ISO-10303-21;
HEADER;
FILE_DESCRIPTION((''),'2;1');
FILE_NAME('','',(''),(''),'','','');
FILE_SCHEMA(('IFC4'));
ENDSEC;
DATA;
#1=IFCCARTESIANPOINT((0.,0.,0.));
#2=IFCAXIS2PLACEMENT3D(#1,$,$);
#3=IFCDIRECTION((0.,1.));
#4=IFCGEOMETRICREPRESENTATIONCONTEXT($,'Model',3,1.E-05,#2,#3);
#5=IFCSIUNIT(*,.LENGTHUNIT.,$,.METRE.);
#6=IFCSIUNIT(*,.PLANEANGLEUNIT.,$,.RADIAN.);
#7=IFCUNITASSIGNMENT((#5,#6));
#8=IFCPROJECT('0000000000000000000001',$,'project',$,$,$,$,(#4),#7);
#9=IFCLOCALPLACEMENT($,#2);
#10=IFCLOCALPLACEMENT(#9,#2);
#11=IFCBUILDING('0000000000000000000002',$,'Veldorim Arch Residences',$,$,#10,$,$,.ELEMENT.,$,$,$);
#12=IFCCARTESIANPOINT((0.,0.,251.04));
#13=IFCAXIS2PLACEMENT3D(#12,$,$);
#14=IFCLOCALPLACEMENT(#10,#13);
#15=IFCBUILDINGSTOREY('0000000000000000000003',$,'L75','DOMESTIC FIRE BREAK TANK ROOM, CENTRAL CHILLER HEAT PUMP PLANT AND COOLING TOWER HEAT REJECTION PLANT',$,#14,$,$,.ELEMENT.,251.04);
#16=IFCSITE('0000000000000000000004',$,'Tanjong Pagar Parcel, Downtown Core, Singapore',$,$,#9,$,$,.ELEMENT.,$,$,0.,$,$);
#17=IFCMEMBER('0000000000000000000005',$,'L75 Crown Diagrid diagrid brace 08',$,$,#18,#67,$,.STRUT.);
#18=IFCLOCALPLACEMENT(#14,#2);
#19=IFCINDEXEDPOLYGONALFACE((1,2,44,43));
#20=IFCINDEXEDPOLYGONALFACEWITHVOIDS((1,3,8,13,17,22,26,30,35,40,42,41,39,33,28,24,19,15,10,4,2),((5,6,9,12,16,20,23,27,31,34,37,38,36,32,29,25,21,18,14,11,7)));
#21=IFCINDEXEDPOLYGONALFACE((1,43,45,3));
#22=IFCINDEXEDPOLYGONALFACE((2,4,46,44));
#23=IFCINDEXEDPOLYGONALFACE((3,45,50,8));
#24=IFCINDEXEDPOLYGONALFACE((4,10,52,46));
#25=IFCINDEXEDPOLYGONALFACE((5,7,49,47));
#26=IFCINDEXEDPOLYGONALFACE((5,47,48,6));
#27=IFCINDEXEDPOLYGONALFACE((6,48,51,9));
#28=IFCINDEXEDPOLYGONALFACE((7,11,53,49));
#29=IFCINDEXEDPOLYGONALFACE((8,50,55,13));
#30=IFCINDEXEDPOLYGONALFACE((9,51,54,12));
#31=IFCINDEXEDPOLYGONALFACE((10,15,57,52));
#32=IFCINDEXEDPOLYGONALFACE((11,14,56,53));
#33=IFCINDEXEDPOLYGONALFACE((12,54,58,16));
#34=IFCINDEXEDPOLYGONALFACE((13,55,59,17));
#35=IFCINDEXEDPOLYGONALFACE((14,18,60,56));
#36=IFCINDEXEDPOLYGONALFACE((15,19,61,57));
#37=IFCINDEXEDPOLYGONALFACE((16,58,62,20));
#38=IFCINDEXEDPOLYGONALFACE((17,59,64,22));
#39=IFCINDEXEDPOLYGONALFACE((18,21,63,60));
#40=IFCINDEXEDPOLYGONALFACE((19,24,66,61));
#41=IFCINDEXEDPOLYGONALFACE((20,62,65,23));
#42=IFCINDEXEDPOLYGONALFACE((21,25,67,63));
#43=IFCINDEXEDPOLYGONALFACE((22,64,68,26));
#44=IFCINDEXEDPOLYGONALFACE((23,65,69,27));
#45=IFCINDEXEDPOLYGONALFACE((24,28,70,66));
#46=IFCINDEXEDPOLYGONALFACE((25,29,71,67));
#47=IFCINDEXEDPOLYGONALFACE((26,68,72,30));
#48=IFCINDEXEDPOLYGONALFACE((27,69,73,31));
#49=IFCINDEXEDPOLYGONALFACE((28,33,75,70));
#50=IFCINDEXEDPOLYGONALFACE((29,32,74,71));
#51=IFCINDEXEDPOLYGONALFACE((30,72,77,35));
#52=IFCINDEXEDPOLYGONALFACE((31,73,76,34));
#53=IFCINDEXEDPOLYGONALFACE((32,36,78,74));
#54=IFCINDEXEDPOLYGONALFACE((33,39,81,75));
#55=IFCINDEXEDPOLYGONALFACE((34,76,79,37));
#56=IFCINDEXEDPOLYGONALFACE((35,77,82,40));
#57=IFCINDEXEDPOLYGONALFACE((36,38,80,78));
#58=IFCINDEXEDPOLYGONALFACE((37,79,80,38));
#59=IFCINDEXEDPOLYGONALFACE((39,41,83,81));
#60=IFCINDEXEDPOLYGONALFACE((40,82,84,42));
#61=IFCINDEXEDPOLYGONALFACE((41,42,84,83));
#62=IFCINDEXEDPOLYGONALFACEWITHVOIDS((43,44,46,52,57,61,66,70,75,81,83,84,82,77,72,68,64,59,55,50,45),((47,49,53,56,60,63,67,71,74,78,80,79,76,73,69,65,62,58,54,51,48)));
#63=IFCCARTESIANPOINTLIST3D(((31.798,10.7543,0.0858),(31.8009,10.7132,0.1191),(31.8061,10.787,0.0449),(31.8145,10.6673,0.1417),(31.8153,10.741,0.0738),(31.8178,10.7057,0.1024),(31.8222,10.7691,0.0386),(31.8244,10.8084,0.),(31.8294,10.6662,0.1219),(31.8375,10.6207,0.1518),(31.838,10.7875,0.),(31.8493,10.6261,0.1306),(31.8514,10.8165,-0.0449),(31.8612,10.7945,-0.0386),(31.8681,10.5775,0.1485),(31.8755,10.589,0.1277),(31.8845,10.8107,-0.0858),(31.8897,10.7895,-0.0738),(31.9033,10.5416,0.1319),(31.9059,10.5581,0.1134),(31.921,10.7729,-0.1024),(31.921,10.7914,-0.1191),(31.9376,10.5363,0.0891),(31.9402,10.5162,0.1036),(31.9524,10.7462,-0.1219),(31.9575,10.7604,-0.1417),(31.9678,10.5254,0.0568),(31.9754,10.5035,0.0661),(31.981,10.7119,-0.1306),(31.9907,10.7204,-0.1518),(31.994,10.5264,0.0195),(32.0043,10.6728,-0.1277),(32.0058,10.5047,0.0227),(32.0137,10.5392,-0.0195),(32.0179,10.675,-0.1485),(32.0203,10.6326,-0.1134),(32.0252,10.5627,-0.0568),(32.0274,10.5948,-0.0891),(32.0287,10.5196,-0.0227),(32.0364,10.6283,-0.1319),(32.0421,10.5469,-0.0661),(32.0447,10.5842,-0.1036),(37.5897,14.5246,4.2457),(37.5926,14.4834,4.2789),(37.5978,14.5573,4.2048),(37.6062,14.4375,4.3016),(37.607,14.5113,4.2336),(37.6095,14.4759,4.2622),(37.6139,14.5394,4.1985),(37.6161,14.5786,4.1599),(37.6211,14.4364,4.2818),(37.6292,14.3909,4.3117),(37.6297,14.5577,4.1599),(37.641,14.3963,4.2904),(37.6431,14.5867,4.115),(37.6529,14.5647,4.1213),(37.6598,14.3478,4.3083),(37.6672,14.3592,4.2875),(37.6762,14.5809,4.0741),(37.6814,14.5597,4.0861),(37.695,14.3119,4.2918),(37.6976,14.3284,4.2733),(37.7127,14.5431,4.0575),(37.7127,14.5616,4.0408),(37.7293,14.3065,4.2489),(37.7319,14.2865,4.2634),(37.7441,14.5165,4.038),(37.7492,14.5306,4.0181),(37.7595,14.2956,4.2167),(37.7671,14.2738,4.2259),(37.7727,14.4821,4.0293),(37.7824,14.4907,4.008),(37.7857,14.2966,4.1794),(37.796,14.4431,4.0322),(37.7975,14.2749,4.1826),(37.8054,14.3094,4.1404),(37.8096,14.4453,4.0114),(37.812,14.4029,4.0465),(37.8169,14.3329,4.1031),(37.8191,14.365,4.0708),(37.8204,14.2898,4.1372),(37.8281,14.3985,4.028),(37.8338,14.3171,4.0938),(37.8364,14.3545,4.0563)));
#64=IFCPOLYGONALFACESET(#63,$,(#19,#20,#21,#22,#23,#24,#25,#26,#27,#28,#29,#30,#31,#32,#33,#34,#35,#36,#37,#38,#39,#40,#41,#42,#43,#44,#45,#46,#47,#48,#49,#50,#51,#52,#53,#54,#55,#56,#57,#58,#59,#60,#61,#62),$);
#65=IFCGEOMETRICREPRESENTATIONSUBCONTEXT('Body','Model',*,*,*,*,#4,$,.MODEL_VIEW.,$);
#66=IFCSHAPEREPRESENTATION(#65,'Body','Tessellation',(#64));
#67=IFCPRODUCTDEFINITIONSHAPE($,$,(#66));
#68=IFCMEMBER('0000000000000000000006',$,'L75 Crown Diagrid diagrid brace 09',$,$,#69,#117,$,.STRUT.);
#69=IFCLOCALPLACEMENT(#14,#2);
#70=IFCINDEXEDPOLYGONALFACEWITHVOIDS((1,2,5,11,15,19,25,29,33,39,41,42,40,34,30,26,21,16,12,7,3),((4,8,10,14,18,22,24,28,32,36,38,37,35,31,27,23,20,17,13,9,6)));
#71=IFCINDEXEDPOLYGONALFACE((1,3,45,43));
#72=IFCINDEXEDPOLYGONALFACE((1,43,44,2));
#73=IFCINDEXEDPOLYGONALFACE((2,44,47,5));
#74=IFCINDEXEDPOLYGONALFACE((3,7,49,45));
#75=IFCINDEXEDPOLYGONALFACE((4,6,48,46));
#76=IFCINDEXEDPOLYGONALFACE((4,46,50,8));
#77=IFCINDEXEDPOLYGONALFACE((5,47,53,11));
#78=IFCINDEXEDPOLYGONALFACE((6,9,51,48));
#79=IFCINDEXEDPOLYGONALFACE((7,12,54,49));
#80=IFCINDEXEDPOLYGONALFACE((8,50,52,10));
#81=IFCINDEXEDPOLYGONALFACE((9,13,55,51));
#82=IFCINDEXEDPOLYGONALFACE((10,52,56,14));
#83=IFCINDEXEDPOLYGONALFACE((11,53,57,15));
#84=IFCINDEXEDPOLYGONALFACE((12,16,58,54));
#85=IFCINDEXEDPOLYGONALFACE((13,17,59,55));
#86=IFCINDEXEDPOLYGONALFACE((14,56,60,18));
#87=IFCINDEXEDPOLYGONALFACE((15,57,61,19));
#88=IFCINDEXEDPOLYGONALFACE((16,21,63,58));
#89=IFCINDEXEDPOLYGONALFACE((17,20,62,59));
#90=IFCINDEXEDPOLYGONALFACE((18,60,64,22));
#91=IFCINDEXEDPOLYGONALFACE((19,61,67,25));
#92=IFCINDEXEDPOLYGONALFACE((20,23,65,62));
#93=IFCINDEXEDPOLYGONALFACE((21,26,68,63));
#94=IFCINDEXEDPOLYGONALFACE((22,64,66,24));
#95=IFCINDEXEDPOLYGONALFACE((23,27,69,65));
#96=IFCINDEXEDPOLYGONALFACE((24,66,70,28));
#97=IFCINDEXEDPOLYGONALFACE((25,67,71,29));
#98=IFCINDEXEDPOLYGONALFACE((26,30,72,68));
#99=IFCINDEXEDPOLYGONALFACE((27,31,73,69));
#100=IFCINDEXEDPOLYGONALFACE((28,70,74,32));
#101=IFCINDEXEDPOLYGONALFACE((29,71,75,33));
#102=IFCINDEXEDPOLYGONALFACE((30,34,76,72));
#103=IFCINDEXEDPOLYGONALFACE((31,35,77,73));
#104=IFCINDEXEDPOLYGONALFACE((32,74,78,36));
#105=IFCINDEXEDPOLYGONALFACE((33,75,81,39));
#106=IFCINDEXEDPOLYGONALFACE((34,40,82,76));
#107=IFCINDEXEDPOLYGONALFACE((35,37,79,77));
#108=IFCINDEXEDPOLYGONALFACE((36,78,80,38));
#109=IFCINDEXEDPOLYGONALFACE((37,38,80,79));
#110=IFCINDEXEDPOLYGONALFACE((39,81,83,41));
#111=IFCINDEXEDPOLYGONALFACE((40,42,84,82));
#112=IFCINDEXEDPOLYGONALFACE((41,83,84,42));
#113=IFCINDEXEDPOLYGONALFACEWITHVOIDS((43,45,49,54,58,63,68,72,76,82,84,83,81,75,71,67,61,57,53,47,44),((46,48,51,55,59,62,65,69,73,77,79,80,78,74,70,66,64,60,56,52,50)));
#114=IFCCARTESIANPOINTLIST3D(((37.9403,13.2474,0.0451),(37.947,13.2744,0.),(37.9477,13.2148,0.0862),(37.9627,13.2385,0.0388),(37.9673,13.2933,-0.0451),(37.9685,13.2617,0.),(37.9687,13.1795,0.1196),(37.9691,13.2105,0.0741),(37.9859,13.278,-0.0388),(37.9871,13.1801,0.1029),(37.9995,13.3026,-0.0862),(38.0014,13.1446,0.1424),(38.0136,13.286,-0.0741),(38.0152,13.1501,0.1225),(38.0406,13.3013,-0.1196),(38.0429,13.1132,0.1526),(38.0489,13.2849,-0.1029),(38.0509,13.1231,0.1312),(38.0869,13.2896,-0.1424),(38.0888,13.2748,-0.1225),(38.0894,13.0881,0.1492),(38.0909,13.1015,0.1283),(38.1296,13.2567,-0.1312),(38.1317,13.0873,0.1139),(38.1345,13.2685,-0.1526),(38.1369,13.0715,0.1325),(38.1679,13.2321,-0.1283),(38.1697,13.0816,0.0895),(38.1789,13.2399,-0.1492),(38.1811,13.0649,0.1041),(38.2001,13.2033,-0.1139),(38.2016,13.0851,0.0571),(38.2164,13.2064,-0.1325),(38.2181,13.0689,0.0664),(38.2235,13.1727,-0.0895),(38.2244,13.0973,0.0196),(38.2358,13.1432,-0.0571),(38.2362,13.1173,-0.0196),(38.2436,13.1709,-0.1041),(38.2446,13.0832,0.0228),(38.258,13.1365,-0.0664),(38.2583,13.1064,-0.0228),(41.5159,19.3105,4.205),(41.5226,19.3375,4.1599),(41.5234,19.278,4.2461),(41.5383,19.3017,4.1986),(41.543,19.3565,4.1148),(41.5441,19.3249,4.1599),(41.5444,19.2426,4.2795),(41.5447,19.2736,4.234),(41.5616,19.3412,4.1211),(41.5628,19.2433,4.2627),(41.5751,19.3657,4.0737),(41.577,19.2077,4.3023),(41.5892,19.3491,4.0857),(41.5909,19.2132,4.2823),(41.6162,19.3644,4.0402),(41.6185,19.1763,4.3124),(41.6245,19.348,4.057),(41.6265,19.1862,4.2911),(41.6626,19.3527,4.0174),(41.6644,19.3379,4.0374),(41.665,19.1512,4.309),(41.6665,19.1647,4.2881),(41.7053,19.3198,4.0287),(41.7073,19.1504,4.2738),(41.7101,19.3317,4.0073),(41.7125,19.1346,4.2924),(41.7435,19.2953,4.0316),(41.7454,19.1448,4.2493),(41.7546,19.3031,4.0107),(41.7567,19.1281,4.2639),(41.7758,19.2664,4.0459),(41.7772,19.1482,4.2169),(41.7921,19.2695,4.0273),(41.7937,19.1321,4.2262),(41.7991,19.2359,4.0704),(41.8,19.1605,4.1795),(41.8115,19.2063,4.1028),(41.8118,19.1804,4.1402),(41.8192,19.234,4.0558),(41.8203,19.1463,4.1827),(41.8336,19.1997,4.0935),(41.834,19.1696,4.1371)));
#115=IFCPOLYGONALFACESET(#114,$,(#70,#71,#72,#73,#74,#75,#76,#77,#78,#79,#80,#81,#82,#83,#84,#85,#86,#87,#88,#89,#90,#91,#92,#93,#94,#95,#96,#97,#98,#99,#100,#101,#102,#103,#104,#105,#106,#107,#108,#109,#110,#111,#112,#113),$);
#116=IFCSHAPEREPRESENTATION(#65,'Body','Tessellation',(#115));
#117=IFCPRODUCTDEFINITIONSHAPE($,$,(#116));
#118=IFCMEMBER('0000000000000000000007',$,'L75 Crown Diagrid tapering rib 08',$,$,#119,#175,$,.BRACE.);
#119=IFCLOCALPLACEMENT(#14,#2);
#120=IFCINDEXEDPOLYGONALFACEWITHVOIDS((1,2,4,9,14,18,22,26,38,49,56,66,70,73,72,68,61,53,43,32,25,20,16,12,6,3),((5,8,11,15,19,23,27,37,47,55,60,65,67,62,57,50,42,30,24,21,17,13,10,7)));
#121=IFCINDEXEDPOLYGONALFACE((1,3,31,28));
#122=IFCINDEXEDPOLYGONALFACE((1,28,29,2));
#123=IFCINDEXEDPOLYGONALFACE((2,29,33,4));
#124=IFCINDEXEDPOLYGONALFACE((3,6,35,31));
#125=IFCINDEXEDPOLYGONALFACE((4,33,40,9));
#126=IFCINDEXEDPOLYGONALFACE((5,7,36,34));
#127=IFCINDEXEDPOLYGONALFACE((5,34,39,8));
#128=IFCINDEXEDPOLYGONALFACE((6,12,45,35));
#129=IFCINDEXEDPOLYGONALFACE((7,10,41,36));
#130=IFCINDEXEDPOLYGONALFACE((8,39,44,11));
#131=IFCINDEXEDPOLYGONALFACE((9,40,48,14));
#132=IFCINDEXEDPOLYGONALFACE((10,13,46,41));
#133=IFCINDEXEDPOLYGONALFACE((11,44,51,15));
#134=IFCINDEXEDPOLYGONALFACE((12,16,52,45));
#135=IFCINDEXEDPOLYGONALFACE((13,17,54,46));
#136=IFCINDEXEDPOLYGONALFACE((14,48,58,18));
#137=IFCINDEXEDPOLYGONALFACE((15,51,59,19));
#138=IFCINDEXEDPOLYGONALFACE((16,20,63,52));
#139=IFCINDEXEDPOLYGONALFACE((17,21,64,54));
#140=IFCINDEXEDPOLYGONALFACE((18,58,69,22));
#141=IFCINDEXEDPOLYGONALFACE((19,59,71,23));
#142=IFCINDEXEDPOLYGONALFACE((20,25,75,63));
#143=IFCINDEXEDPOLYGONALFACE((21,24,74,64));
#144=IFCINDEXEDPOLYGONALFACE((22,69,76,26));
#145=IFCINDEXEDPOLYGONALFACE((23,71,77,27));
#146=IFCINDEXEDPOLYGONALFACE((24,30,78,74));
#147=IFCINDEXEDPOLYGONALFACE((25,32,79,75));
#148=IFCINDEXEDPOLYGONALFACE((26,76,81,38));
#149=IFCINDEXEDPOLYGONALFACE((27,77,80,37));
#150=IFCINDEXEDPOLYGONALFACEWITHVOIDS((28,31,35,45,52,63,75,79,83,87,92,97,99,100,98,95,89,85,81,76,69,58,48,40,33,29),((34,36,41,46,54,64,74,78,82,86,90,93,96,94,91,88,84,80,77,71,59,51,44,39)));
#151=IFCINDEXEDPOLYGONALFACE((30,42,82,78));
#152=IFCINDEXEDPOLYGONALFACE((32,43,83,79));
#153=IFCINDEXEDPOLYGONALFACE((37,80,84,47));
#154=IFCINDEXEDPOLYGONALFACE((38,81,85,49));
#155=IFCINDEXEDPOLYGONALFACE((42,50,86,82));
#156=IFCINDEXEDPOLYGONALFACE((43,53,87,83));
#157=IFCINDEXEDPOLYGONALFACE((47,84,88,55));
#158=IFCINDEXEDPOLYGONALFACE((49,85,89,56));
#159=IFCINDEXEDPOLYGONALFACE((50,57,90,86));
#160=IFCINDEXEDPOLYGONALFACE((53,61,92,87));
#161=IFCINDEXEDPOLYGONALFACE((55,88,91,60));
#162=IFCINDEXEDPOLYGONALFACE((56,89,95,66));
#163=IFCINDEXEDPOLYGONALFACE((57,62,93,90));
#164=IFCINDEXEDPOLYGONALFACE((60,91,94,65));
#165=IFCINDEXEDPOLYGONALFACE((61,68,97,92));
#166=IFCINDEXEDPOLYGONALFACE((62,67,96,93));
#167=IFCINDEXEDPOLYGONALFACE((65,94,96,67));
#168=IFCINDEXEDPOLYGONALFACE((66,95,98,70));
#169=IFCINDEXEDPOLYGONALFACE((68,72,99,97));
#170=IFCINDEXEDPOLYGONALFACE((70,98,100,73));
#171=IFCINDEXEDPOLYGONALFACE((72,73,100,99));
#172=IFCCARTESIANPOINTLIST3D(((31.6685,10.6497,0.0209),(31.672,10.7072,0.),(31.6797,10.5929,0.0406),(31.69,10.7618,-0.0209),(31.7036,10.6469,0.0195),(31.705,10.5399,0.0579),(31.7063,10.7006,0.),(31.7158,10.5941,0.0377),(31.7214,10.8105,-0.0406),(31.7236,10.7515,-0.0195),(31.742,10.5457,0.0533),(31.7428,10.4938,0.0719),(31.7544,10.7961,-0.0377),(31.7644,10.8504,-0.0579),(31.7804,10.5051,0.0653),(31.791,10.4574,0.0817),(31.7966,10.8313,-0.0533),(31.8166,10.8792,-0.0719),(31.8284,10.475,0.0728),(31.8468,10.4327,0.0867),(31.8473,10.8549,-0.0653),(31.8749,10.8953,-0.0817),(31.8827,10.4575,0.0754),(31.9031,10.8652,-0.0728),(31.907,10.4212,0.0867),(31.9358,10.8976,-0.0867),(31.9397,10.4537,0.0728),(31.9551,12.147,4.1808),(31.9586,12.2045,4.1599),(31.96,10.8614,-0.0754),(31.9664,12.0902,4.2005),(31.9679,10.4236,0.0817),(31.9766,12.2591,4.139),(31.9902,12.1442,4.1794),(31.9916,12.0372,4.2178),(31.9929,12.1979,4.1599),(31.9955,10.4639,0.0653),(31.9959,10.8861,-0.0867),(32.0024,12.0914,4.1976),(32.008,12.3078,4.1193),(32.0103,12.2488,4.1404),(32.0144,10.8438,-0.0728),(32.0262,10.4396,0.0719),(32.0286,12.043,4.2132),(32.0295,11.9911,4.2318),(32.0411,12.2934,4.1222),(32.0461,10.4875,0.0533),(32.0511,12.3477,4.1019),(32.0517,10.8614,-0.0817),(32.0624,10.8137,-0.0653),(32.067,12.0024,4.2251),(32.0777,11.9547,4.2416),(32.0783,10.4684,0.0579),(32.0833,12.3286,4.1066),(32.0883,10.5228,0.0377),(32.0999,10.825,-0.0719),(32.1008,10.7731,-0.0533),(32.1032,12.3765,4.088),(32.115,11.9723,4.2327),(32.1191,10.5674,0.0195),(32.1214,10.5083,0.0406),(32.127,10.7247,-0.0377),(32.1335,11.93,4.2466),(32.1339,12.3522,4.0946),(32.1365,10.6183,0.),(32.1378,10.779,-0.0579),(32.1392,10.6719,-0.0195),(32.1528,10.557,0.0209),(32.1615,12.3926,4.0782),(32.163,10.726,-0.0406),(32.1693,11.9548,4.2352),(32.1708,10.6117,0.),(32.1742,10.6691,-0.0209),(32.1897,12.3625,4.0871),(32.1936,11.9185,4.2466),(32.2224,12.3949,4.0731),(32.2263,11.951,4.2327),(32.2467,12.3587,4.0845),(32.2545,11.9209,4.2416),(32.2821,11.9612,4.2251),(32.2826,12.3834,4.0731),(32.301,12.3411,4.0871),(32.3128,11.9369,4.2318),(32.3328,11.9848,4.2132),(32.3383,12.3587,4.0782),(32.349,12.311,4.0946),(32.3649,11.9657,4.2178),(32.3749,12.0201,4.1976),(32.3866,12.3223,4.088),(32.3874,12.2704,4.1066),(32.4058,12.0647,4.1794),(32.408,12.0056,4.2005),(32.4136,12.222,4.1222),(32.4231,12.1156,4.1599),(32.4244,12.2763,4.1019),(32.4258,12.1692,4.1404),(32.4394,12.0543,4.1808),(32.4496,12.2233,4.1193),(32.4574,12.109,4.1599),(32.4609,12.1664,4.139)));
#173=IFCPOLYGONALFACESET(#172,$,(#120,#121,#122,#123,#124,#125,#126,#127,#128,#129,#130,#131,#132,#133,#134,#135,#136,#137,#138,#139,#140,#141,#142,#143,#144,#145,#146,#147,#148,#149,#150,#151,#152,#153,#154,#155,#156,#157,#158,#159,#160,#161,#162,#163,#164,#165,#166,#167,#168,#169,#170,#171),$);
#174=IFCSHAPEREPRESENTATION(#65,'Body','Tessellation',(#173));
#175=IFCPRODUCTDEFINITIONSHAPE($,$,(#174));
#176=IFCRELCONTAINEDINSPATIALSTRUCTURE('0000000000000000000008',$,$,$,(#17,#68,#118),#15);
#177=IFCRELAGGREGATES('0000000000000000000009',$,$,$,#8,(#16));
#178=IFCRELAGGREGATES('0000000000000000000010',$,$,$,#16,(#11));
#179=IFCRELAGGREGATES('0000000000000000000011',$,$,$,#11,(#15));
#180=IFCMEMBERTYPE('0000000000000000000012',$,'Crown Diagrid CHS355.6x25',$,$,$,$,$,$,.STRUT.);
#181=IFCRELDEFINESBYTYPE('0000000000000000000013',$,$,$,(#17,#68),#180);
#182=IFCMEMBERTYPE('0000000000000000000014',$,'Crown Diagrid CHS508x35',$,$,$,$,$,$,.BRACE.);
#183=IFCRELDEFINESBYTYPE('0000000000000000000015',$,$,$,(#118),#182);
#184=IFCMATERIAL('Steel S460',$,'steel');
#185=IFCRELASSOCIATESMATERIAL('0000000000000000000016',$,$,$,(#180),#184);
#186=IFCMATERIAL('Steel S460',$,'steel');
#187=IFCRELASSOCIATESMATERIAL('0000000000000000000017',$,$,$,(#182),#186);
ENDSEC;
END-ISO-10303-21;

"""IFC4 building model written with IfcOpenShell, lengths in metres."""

from ifc_helpers import new_model, si_unit, direction, frame, origin, origin_2d, place, context, subcontext, project, spatial, hollow_circle, extrude, material, material_profile, profile_set, type_object, element, save


model = new_model("IFC4")

# Units and contexts
model_context = context("Model", 3, precision=1e-05, world=origin(), true_north=direction((0.0, 1.0)))
body_context = subcontext(model_context, "Body", "Model", "MODEL_VIEW")
ifc_project = project(units=[si_unit("LENGTHUNIT", "METRE"), si_unit("PLANEANGLEUNIT", "RADIAN")], contexts=[model_context])

# Site, building, storey
site_placement = place(None, origin())
site = spatial("IfcSite", under=ifc_project, at=site_placement, Name="Tanjong Pagar Parcel, Downtown Core, Singapore", CompositionType="ELEMENT", RefElevation=0.0)
building_placement = place(site_placement, origin())
building = spatial("IfcBuilding", under=site, at=building_placement, Name="Veldorim Arch Residences", CompositionType="ELEMENT")
storey_placement = place(building_placement, frame((0.0, 0.0, 251.04)))
storey = spatial("IfcBuildingStorey", under=building, at=storey_placement, Name="L75", Description="DOMESTIC FIRE BREAK TANK ROOM, CENTRAL CHILLER HEAT PUMP PLANT AND COOLING TOWER HEAT REJECTION PLANT", CompositionType="ELEMENT", Elevation=251.04)

# Members
ifc_material_1 = material(Name="Steel S460", Category="steel")
ifc_material_profile_1 = material_profile(ifc_material_1, hollow_circle(Radius=0.1777, WallThickness=0.0249, at=origin_2d()), Name="CHS355.6x25")
ifc_profile_set_1 = profile_set([ifc_material_profile_1], Name="Steel S460")
member_type_1 = type_object("IfcMemberType", Name="Crown Diagrid CHS355.6x25", PredefinedType="STRUT", material=ifc_profile_set_1)
member_1_placement = place(storey_placement, frame((31.9214, 10.6594, 0.0), z_axis=(0.718024, 0.467413, 0.515719), x_axis=(-0.545561, 0.838071, 0.0)))
element("IfcMember", 1, at=member_1_placement, inside=storey, type_object=member_type_1, Name="L75 Crown Diagrid diagrid brace 08", PredefinedType="STRUT", context=body_context, shape_type="SweptSolid", body=[
    extrude(hollow_circle(Radius=0.1777, WallThickness=0.0249, at=origin_2d()), origin(), (0.0, 0.0, 1.0), 8.0662),
])
member_2_placement = place(storey_placement, frame((38.1001, 13.1841, 0.0), z_axis=(0.437319, 0.741555, 0.508772), x_axis=(-0.86137, 0.507978, 0.0)))
element("IfcMember", 2, at=member_2_placement, inside=storey, type_object=member_type_1, Name="L75 Crown Diagrid diagrid brace 09", PredefinedType="STRUT", context=body_context, shape_type="SweptSolid", body=[
    extrude(hollow_circle(Radius=0.1777, WallThickness=0.0249, at=origin_2d()), origin(), (0.0, 0.0, 1.0), 8.1763),
])
ifc_material_2 = material(Name="Steel S460", Category="steel")
ifc_material_profile_2 = material_profile(ifc_material_2, hollow_circle(Radius=0.2539, WallThickness=0.0349, at=origin_2d()), Name="CHS508x35")
ifc_profile_set_2 = profile_set([ifc_material_profile_2], Name="Steel S460")
member_type_2 = type_object("IfcMemberType", Name="Crown Diagrid CHS508x35", PredefinedType="BRACE", material=ifc_profile_set_2)
member_3_placement = place(storey_placement, frame((31.9214, 10.6594, 0.0), z_axis=(0.064693, 0.337959, 0.938935), x_axis=(-0.982167, 0.18801, 0.0)))
element("IfcMember", 3, at=member_3_placement, inside=storey, type_object=member_type_2, Name="L75 Crown Diagrid tapering rib 08", PredefinedType="BRACE", context=body_context, shape_type="SweptSolid", body=[
    extrude(hollow_circle(Radius=0.2539, WallThickness=0.0349, at=origin_2d()), origin(), (0.0, 0.0, 1.0), 4.4304),
])

save(model, "model.ifc")
